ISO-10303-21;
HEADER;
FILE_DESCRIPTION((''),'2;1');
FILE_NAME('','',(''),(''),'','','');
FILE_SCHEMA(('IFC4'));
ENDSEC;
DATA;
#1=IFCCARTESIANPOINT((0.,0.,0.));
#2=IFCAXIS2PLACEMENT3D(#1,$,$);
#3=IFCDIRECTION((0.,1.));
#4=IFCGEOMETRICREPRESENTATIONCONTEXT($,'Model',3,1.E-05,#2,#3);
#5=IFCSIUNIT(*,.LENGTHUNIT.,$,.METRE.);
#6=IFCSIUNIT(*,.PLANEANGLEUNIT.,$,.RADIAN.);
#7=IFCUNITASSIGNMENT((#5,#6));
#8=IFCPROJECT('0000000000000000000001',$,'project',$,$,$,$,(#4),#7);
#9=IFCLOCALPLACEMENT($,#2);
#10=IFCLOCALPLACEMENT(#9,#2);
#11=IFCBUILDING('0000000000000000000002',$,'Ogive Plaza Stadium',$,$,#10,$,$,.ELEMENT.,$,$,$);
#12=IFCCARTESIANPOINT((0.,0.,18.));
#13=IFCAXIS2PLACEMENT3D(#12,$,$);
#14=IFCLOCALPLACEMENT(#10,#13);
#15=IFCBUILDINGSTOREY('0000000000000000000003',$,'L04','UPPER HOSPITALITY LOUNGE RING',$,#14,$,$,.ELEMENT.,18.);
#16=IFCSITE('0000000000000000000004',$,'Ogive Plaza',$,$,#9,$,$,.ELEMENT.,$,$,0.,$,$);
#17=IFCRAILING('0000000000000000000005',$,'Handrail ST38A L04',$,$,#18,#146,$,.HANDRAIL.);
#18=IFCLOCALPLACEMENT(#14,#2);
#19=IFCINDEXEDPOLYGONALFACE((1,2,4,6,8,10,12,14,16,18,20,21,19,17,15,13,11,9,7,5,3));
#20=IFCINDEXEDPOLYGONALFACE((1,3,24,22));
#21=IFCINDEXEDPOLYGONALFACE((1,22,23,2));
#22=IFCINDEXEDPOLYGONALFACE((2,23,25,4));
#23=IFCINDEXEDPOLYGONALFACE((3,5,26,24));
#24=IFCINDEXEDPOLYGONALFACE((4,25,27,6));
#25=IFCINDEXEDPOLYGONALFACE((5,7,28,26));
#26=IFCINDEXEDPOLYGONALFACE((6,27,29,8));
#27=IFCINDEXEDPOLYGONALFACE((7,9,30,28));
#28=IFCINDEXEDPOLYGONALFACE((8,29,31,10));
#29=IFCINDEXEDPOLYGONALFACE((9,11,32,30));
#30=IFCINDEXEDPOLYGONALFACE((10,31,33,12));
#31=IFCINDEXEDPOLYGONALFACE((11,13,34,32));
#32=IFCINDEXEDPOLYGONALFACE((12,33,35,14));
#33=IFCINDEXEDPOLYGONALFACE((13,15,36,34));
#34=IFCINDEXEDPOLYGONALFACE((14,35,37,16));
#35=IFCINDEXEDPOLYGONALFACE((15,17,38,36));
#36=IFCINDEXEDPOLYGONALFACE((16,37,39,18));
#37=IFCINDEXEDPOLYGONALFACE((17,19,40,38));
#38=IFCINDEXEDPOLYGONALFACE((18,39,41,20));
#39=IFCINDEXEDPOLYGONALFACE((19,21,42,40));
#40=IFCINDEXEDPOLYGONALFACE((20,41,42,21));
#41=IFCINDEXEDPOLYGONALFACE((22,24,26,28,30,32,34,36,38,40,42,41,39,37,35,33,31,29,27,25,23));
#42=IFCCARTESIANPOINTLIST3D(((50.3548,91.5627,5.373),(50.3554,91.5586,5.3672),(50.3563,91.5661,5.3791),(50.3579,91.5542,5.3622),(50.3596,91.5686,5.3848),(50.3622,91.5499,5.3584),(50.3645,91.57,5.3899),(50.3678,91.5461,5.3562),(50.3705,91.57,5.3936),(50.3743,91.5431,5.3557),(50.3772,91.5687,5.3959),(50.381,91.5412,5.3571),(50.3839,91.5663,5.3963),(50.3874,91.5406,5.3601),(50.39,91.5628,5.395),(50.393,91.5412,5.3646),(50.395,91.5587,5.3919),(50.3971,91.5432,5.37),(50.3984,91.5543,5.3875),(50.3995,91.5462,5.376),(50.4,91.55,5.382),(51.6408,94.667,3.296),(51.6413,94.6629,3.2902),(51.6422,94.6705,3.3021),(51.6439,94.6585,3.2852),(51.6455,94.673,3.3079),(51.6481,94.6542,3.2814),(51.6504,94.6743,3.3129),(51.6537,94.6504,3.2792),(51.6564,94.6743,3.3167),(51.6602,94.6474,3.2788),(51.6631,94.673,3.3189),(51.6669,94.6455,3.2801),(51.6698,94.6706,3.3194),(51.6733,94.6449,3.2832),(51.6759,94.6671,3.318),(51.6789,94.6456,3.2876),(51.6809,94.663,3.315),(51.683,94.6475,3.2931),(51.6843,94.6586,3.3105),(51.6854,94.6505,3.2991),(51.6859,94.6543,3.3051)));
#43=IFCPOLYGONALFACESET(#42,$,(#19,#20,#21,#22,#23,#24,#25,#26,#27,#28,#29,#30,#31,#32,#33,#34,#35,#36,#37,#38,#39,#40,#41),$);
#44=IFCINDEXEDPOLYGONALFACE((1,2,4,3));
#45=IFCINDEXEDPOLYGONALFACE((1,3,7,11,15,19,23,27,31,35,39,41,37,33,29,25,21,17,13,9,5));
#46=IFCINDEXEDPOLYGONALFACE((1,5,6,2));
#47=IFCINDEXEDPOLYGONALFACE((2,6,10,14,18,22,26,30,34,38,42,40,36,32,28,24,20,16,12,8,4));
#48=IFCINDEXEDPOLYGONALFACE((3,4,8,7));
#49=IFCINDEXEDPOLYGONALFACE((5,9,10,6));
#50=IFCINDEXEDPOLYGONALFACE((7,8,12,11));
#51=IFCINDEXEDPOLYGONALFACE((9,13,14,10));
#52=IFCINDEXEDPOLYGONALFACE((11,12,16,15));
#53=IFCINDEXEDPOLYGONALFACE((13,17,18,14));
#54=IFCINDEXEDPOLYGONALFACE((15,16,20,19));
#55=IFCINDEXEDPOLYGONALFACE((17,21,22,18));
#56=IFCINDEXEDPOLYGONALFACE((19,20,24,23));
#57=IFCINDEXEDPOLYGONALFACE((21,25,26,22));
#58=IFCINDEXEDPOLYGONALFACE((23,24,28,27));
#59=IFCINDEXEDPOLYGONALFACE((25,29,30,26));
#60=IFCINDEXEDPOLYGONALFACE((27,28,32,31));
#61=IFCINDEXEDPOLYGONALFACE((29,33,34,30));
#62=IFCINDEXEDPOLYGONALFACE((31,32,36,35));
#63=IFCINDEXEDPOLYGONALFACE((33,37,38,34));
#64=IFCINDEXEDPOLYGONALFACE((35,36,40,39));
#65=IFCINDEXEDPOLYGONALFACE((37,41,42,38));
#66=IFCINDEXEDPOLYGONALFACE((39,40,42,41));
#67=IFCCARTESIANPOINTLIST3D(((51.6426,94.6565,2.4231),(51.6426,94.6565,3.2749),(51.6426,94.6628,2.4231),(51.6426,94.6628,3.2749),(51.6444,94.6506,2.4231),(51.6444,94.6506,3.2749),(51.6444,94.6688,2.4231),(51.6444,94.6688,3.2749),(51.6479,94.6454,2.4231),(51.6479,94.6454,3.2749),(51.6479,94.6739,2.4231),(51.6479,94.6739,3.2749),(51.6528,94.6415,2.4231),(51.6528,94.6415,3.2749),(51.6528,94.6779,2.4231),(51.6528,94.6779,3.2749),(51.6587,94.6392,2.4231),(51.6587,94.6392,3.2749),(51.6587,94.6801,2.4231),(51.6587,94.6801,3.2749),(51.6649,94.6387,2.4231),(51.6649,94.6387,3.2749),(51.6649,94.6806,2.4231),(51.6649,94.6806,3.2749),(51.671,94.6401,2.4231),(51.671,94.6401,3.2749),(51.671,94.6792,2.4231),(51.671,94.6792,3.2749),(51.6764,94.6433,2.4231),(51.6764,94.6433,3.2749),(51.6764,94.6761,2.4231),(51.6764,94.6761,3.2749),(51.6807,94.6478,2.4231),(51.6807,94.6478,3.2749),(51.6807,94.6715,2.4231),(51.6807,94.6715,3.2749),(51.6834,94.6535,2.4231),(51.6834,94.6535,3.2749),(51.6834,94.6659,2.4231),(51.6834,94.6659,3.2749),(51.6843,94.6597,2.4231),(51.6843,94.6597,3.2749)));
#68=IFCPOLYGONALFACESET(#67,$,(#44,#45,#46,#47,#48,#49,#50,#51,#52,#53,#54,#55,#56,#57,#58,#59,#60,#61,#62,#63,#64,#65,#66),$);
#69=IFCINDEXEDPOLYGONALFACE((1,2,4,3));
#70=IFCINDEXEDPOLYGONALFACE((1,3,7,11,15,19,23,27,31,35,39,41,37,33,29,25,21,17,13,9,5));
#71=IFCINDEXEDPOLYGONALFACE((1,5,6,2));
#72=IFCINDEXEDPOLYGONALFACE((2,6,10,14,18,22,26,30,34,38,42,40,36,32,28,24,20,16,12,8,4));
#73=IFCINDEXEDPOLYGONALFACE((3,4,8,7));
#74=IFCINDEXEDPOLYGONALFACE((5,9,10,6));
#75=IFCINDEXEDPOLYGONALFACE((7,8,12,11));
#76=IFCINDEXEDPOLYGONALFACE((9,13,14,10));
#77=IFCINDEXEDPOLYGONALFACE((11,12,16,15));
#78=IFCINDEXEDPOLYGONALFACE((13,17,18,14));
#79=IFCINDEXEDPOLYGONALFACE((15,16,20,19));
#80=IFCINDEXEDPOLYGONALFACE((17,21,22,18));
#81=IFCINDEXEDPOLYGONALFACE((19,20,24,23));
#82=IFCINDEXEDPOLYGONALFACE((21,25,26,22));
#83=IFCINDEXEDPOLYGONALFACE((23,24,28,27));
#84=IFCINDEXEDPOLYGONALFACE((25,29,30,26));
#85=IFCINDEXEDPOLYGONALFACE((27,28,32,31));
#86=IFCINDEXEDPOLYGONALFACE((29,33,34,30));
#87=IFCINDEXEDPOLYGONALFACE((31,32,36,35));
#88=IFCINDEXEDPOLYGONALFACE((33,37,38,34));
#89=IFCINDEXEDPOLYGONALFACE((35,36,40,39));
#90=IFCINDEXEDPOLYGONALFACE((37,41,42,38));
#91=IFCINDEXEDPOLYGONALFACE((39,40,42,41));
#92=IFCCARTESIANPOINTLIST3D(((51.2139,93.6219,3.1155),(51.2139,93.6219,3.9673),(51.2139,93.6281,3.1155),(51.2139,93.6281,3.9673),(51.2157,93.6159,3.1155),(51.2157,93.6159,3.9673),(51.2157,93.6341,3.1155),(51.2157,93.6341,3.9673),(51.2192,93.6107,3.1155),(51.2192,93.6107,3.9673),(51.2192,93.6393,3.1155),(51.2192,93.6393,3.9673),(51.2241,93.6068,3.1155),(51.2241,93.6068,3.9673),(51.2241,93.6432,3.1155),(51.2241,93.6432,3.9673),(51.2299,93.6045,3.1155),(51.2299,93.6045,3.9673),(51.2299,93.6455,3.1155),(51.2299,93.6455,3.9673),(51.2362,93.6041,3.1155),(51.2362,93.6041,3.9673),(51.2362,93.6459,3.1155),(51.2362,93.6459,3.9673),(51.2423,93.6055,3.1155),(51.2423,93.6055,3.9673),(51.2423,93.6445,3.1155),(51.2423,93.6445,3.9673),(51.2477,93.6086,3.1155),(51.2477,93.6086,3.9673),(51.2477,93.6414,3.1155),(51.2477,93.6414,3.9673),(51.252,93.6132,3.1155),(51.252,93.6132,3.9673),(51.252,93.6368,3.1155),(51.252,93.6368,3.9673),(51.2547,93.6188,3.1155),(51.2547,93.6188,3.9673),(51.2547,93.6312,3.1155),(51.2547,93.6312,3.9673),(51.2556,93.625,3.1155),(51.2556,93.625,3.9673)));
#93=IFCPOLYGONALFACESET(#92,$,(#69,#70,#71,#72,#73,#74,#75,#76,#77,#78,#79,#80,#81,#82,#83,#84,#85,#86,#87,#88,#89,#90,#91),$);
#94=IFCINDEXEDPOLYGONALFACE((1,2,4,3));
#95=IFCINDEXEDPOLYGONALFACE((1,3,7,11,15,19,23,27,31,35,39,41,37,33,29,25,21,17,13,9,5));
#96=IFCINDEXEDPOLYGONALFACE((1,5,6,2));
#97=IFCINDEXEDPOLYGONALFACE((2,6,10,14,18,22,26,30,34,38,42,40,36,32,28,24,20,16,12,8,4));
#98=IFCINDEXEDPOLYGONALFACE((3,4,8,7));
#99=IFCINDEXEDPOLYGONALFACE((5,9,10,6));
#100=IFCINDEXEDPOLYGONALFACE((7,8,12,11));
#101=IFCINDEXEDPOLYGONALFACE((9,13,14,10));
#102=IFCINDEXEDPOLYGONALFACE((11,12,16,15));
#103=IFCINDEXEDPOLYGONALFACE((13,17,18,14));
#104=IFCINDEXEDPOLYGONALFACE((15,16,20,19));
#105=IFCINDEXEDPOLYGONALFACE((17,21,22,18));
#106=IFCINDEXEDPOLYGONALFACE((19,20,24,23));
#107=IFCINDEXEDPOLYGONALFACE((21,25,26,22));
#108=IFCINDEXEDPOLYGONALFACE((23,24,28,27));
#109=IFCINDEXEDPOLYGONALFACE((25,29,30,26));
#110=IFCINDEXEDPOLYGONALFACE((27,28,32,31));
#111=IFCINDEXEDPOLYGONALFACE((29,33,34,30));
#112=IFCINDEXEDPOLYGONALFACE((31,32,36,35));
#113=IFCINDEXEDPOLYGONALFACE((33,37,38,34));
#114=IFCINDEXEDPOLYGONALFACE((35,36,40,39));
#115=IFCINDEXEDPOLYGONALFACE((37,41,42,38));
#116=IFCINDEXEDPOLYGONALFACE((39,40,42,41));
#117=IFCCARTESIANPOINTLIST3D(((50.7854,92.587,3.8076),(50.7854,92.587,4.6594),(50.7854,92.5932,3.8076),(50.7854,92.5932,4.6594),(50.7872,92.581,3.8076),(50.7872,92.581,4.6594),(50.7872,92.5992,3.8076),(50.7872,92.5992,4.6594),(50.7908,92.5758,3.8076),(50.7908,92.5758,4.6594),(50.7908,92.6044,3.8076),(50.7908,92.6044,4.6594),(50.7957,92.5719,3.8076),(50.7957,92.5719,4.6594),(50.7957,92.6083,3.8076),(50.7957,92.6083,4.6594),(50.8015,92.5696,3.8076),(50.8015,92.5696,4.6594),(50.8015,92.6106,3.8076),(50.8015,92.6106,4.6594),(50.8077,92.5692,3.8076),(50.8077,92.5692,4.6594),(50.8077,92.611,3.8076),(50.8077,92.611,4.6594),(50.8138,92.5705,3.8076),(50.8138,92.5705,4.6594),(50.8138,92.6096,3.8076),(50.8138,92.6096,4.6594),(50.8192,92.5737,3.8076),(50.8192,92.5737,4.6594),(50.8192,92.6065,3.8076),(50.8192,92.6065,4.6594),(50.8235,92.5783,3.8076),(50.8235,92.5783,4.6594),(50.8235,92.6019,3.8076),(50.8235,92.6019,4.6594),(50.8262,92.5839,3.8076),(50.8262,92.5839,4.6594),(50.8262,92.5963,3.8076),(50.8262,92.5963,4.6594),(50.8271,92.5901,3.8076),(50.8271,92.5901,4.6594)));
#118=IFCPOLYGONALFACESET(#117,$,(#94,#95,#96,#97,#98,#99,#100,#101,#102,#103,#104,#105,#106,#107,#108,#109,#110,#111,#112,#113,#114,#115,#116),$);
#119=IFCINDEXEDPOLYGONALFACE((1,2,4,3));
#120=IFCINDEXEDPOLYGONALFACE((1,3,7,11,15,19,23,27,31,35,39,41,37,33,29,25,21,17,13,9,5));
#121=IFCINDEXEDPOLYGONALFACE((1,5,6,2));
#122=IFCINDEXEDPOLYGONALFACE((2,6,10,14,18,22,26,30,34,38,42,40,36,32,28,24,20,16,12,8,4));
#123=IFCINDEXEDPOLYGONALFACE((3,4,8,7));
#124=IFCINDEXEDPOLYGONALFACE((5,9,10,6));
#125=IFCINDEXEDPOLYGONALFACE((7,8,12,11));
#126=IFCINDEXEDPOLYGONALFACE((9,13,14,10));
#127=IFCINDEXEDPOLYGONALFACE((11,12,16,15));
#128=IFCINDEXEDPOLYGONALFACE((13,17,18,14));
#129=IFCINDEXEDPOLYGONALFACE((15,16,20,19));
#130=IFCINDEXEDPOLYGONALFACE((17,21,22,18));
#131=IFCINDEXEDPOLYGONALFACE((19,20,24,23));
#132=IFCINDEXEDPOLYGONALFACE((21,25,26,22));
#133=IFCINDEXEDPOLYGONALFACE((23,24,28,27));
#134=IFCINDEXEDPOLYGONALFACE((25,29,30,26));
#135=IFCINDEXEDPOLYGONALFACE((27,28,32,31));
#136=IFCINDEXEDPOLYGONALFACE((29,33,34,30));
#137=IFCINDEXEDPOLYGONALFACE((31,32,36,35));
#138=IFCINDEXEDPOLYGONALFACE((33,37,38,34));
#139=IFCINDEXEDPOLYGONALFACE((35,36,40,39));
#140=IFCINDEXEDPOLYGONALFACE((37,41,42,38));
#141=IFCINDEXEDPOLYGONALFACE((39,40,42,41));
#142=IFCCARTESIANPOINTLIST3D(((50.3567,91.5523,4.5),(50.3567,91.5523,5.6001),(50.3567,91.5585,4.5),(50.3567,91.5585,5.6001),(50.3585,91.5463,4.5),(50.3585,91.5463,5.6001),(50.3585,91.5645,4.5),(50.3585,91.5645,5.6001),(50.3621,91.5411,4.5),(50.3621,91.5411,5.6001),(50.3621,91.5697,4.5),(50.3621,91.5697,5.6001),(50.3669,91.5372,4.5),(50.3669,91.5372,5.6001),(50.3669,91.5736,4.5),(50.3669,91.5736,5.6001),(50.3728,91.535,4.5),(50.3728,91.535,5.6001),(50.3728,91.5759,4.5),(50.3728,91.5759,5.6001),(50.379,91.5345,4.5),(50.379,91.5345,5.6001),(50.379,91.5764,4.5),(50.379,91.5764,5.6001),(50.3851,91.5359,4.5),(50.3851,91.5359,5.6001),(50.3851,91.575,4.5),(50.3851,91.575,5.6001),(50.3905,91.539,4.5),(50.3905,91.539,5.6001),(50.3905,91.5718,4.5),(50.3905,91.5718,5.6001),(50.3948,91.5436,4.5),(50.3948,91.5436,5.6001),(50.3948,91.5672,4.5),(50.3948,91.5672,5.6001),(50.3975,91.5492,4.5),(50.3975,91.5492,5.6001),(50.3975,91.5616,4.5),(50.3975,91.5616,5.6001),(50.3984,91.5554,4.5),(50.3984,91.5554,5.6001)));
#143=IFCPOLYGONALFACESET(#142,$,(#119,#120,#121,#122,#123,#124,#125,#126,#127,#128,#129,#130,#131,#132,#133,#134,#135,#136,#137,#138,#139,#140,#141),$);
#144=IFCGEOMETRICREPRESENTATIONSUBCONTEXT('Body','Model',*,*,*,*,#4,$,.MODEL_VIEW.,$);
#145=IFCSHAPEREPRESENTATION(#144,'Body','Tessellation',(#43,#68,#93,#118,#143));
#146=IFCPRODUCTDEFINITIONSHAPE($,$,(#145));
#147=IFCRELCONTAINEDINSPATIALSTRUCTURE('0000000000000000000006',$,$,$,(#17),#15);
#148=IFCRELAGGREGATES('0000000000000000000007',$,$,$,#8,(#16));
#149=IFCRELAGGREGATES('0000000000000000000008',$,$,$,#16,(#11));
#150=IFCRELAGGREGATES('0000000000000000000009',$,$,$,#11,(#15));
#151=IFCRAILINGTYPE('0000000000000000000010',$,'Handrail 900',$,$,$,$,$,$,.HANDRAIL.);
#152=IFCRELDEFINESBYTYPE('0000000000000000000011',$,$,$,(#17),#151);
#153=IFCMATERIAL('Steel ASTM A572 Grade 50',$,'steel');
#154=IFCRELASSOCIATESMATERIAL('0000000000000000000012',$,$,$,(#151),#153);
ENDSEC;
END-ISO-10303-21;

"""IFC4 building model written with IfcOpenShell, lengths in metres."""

from ifc_helpers import new_model, si_unit, direction, frame, origin, origin_2d, place, context, subcontext, project, spatial, circle, extrude, material, type_object, element, save


model = new_model("IFC4")

# Units and contexts
model_context = context("Model", 3, precision=1e-05, world=origin(), true_north=direction((0.0, 1.0)))
body_context = subcontext(model_context, "Body", "Model", "MODEL_VIEW")
ifc_project = project(units=[si_unit("LENGTHUNIT", "METRE"), si_unit("PLANEANGLEUNIT", "RADIAN")], contexts=[model_context])

# Site, building, storey
site_placement = place(None, origin())
site = spatial("IfcSite", under=ifc_project, at=site_placement, Name="Ogive Plaza", CompositionType="ELEMENT", RefElevation=0.0)
building_placement = place(site_placement, origin())
building = spatial("IfcBuilding", under=site, at=building_placement, Name="Ogive Plaza Stadium", CompositionType="ELEMENT")
storey_placement = place(building_placement, frame((0.0, 0.0, 18.0)))
storey = spatial("IfcBuildingStorey", under=building, at=storey_placement, Name="L04", Description="UPPER HOSPITALITY LOUNGE RING", CompositionType="ELEMENT", Elevation=18.0)

# Railing
ifc_material_1 = material(Name="Steel ASTM A572 Grade 50", Category="steel")
railing_type_1 = type_object("IfcRailingType", Name="Handrail 900", PredefinedType="HANDRAIL", material=ifc_material_1)
railing_1_placement = place(storey_placement, frame((51.6633, 94.6597, 2.4231)))
element("IfcRailing", 1, at=railing_1_placement, inside=storey, type_object=railing_type_1, Name="Handrail ST38A L04", PredefinedType="HANDRAIL", context=body_context, shape_type="SweptSolid", body=[
    extrude(circle(Radius=0.0239, at=origin_2d()), frame((0.0, 0.0, 0.876), z_axis=(-0.325532, -0.785863, 0.525783), x_axis=(0.923872, -0.3827, 0.0)), (0.0, 0.0, 1.0), 3.9502),
    extrude(circle(Radius=0.021, at=origin_2d()), origin(), (0.0, 0.0, 1.0), 0.8518),
    extrude(circle(Radius=0.021, at=origin_2d()), frame((-0.4287, -1.0347, 0.6924)), (0.0, 0.0, 1.0), 0.8518),
    extrude(circle(Radius=0.021, at=origin_2d()), frame((-0.8572, -2.0696, 1.3845)), (0.0, 0.0, 1.0), 0.8518),
    extrude(circle(Radius=0.021, at=origin_2d()), frame((-1.2859, -3.1042, 2.0769)), (0.0, 0.0, 1.0), 1.1001),
])

save(model, "model.ifc")
